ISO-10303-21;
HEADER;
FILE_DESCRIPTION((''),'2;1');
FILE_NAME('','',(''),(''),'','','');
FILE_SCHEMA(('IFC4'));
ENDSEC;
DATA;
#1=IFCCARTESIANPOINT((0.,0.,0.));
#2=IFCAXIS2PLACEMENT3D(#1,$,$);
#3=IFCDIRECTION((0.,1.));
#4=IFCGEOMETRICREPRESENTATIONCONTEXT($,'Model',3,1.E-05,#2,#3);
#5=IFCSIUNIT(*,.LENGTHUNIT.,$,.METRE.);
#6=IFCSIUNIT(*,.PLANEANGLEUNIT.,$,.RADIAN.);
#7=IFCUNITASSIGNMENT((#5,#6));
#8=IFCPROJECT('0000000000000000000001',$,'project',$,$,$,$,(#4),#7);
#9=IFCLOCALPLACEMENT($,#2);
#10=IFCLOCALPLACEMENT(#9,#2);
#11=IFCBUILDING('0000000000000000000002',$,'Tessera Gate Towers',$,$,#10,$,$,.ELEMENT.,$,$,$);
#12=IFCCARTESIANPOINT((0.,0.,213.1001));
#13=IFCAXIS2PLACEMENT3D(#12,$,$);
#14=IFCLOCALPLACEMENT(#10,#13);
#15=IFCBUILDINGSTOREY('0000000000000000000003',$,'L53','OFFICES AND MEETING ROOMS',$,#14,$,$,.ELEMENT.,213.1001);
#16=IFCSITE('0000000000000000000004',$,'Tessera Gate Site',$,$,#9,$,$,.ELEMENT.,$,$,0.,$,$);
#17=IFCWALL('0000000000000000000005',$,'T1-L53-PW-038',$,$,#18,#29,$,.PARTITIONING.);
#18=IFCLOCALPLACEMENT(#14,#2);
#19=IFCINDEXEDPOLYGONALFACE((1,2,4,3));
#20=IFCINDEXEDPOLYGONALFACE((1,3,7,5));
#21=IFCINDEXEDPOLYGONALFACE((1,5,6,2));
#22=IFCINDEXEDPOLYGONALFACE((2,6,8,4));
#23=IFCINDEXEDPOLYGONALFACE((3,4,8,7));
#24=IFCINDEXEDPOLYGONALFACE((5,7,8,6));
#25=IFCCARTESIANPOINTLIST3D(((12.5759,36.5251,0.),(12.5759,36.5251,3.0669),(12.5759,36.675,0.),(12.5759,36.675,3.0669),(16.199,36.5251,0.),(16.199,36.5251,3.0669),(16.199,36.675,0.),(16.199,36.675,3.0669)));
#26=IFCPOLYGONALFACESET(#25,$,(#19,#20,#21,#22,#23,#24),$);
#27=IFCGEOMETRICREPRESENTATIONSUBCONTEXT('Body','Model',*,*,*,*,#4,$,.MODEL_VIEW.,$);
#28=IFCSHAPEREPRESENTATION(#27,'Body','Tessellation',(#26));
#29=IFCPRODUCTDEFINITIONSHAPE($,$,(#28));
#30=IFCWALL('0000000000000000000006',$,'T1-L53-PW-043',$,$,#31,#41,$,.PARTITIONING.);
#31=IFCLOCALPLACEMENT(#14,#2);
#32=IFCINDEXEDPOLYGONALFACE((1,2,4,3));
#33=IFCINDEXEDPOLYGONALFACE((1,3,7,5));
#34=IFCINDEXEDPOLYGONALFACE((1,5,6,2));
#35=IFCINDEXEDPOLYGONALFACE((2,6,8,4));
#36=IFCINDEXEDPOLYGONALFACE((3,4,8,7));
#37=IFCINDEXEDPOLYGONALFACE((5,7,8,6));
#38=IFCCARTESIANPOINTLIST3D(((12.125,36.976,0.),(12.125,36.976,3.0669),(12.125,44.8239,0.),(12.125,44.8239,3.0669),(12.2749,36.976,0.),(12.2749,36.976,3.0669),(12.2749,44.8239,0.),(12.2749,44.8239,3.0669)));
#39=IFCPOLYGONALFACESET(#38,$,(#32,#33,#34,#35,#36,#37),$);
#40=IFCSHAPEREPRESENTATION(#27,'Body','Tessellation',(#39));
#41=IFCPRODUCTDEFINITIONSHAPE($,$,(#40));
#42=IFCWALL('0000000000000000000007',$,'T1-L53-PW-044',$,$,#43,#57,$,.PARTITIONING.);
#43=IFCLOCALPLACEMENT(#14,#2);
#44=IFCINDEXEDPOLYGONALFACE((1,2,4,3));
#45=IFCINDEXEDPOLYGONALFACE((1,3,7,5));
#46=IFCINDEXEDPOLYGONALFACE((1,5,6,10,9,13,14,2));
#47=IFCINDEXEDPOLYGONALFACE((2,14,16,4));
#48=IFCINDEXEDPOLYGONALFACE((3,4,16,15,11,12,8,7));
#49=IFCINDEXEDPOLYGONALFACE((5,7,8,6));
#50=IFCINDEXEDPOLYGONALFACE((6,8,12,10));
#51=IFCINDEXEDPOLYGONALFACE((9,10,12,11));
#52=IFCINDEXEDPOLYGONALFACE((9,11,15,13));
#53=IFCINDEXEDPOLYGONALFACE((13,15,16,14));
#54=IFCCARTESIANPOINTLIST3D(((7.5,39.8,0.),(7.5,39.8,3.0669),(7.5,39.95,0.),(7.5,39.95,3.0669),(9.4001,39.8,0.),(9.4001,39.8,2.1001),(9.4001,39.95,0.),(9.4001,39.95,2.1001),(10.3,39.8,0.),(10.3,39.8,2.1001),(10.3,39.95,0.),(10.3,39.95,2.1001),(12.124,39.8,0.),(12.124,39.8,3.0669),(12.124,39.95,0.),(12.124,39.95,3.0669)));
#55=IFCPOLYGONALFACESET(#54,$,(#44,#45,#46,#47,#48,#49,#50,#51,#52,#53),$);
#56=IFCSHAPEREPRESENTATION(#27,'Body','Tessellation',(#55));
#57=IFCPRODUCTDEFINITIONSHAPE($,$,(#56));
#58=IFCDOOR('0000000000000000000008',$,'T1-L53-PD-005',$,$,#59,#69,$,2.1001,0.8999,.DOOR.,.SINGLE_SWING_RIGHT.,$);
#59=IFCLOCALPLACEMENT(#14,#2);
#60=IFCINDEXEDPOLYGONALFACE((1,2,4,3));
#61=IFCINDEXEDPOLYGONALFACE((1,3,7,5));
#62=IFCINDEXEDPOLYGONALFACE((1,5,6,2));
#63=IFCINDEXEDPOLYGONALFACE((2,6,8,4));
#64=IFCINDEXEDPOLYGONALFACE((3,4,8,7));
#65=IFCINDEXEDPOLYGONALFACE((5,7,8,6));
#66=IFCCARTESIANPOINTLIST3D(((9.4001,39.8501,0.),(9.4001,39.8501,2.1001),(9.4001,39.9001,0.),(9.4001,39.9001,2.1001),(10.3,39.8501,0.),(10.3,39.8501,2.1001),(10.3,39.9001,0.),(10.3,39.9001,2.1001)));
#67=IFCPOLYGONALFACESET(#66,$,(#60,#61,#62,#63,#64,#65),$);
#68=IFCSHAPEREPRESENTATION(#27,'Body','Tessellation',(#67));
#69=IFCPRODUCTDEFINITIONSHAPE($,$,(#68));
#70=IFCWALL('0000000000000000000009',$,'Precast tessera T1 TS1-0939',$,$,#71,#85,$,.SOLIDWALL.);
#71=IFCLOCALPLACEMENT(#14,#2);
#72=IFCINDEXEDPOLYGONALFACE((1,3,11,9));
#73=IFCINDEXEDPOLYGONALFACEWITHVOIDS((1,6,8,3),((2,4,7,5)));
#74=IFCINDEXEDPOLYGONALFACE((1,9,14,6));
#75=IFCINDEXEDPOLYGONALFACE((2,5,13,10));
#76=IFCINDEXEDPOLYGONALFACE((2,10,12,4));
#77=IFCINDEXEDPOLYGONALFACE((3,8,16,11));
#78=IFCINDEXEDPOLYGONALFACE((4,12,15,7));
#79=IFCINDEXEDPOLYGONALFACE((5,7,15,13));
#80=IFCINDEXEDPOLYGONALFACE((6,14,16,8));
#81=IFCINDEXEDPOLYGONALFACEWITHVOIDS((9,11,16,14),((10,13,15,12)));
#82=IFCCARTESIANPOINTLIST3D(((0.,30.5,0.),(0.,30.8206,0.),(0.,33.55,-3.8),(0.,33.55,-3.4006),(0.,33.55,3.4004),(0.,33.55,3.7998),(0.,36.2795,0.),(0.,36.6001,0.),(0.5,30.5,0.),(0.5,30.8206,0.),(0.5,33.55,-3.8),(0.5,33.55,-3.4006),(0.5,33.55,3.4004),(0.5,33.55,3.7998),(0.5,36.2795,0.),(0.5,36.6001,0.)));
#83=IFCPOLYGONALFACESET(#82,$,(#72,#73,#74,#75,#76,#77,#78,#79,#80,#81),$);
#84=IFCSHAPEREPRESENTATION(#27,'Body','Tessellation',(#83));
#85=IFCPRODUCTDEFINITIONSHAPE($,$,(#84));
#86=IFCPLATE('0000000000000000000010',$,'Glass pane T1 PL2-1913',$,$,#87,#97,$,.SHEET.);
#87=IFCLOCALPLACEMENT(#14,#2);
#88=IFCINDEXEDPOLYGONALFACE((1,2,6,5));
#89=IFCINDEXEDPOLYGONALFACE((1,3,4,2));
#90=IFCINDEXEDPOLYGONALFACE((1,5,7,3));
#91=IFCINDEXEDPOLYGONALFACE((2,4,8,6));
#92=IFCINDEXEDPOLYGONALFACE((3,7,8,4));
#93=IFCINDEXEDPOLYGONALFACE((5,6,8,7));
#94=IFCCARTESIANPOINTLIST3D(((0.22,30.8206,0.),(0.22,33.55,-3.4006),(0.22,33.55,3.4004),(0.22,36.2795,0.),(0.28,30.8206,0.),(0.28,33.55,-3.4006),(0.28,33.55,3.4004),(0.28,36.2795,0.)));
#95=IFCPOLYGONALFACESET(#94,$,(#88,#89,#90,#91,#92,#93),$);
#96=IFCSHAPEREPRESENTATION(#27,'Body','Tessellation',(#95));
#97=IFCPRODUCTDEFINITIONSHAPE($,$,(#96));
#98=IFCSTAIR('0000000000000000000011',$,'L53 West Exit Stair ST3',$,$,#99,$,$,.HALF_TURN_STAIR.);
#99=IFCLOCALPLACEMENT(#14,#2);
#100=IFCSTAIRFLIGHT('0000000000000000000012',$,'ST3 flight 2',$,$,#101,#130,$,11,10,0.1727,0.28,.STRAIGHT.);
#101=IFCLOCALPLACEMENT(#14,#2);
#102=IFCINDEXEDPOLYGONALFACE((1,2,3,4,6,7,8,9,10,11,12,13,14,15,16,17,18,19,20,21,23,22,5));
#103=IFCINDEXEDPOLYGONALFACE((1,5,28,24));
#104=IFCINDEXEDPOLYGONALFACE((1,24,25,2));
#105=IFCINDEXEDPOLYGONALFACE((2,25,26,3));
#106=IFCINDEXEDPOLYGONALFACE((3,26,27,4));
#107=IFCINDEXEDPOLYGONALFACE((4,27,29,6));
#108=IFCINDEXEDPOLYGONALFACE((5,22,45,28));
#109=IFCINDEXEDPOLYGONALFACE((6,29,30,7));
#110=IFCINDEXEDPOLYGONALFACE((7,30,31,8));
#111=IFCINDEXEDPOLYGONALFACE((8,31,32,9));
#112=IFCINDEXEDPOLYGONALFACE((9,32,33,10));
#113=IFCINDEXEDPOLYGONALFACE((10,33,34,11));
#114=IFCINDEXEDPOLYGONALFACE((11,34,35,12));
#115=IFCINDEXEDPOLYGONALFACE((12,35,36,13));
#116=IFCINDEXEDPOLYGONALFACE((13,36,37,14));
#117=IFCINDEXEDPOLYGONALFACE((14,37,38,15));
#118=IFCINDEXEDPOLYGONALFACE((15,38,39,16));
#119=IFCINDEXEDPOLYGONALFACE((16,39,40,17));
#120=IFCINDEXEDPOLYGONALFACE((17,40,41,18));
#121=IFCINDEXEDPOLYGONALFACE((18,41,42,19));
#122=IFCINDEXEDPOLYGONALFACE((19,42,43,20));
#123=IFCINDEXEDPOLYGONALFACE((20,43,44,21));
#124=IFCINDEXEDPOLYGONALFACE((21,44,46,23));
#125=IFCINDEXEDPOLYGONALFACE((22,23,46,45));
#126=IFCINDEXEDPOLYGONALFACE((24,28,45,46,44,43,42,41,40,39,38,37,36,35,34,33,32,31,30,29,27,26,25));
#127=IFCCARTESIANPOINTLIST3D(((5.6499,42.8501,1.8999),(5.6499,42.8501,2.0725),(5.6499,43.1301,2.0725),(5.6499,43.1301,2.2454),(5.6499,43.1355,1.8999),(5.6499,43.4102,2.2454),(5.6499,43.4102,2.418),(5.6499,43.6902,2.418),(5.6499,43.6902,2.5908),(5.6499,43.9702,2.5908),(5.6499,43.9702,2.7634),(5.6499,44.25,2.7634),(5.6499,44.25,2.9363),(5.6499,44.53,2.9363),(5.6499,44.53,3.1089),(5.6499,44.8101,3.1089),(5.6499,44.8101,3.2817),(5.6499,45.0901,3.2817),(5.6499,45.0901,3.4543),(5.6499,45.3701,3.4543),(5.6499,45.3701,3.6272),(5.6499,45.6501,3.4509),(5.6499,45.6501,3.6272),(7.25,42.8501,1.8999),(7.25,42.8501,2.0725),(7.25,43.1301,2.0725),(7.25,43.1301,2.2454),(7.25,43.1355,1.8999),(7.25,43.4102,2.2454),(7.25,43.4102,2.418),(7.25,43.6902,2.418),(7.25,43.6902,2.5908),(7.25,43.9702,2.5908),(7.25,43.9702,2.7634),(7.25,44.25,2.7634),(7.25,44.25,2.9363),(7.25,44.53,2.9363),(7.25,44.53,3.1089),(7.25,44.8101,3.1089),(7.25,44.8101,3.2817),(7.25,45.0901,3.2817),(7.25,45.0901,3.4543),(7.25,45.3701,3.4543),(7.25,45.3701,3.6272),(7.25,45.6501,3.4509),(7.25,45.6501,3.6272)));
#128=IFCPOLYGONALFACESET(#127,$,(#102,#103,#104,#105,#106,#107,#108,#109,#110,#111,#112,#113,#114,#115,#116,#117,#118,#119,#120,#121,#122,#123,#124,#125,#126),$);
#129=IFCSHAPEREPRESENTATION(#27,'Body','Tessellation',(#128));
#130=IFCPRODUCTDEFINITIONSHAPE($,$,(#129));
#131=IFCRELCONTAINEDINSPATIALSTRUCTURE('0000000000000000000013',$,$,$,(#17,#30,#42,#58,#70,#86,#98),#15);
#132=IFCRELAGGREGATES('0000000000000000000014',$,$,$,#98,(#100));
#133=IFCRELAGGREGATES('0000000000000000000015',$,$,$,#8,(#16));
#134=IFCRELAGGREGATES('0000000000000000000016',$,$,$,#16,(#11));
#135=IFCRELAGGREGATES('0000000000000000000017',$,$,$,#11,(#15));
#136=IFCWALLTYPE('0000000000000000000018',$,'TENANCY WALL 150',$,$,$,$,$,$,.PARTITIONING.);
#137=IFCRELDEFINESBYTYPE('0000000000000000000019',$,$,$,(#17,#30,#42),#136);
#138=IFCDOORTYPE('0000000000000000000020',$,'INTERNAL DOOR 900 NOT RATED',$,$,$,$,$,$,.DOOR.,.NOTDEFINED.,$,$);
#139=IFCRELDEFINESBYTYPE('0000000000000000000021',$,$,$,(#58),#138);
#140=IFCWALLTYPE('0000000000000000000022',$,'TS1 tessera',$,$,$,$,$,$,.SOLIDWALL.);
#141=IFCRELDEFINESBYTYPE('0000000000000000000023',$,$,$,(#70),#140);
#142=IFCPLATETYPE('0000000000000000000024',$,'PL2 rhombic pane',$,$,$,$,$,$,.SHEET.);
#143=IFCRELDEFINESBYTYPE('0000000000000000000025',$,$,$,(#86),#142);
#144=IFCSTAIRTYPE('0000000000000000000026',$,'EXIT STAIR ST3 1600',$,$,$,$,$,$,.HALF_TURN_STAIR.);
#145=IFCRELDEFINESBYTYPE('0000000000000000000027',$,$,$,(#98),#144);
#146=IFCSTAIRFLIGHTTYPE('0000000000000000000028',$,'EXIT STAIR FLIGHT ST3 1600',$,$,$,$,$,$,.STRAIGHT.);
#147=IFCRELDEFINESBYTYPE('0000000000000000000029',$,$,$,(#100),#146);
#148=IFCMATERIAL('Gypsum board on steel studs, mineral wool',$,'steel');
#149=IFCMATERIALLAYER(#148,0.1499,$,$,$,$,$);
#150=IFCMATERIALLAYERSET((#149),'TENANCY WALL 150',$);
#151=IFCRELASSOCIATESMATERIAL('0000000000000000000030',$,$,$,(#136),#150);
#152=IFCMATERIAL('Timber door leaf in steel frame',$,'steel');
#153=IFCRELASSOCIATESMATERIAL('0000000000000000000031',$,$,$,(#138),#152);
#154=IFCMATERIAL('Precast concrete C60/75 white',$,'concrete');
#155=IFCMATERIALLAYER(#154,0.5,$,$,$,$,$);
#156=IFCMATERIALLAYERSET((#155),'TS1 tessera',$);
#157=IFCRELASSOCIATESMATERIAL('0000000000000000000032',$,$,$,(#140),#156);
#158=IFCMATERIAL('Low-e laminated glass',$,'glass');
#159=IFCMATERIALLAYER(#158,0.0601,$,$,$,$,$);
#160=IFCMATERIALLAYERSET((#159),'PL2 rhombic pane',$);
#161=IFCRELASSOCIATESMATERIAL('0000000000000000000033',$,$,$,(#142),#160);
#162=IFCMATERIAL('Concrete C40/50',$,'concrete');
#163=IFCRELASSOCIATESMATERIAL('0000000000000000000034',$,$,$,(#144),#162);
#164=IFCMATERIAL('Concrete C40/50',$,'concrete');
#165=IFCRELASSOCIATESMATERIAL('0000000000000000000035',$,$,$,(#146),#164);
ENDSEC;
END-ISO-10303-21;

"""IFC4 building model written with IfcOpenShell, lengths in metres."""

from ifc_helpers import new_model, si_unit, direction, frame, frame_2d, origin, place, context, subcontext, project, spatial, polyline, rectangle, outline, extrude, source, transform, mapped, material, layer, layer_set, type_object, element, fill, aggregate, save


model = new_model("IFC4")

# Units and contexts
model_context = context("Model", 3, precision=1e-05, world=origin(), true_north=direction((0.0, 1.0)))
body_context = subcontext(model_context, "Body", "Model", "MODEL_VIEW")
ifc_project = project(units=[si_unit("LENGTHUNIT", "METRE"), si_unit("PLANEANGLEUNIT", "RADIAN")], contexts=[model_context])

# Site, building, storey
site_placement = place(None, origin())
site = spatial("IfcSite", under=ifc_project, at=site_placement, Name="Tessera Gate Site", CompositionType="ELEMENT", RefElevation=0.0)
building_placement = place(site_placement, origin())
building = spatial("IfcBuilding", under=site, at=building_placement, Name="Tessera Gate Towers", CompositionType="ELEMENT")
storey_placement = place(building_placement, frame((0.0, 0.0, 213.1001)))
storey = spatial("IfcBuildingStorey", under=building, at=storey_placement, Name="L53", Description="OFFICES AND MEETING ROOMS", CompositionType="ELEMENT", Elevation=213.1001)

# Walls
ifc_material_1 = material(Name="Gypsum board on steel studs, mineral wool", Category="steel")
ifc_layer_1 = layer(ifc_material_1, 0.1499)
ifc_layer_set_1 = layer_set([ifc_layer_1], Name="TENANCY WALL 150")
wall_type_1 = type_object("IfcWallType", Name="TENANCY WALL 150", PredefinedType="PARTITIONING", material=ifc_layer_set_1)
wall_1_placement = place(storey_placement, frame((12.5759, 36.6001, 0.0), z_axis=(0.0, 0.0, 1.0), x_axis=(1.0, 0.0, 0.0)))
element("IfcWall", 1, at=wall_1_placement, inside=storey, type_object=wall_type_1, Name="T1-L53-PW-038", PredefinedType="PARTITIONING", context=body_context, shape_type="SweptSolid", body=[
    extrude(rectangle(XDim=3.623, YDim=0.1499, at=frame_2d((1.8115, 0.0))), origin(), (0.0, 0.0, 1.0), 3.0669),
])
wall_2_placement = place(storey_placement, frame((12.2, 36.9761, 0.0), z_axis=(0.0, 0.0, 1.0), x_axis=(0.0, 1.0, 0.0)))
element("IfcWall", 2, at=wall_2_placement, inside=storey, type_object=wall_type_1, Name="T1-L53-PW-043", PredefinedType="PARTITIONING", context=body_context, shape_type="SweptSolid", body=[
    extrude(rectangle(XDim=7.8479, YDim=0.1499, at=frame_2d((3.9238, 0.0))), origin(), (0.0, 0.0, 1.0), 3.0669),
])

# Wall, opening, door
wall_3_placement = place(storey_placement, frame((12.124, 39.875, 0.0), z_axis=(0.0, 0.0, 1.0), x_axis=(-1.0, 0.0, 0.0)))
wall_3 = element("IfcWall", 3, at=wall_3_placement, inside=storey, type_object=wall_type_1, Name="T1-L53-PW-044", PredefinedType="PARTITIONING", context=body_context, shape_type="SweptSolid", body=[
    extrude(rectangle(XDim=4.624, YDim=0.1499, at=frame_2d((2.312, 0.0))), origin(), (0.0, 0.0, 1.0), 3.0669),
])
shared_shape_1 = source(origin(), body_context, "Body", "SweptSolid", [
    extrude(rectangle(XDim=0.8999, YDim=2.1001, at=frame_2d((0.45, 1.05))), frame((0.0, 0.085, 0.0), z_axis=(0.0, -1.0, 0.0), x_axis=(1.0, 0.0, 0.0)), (0.0, 0.0, 1.0), 0.1699),
])
opening_1_placement = place(wall_3_placement, frame((1.824, 0.0, 0.0)))
opening_1 = element("IfcOpeningElement", 4, at=opening_1_placement, cuts=wall_3, PredefinedType="OPENING", context=body_context, shape_type="MappedRepresentation", body=[
    mapped(shared_shape_1, transform((0.0, 0.0, 0.0), scale=1.0)),
])
ifc_material_2 = material(Name="Timber door leaf in steel frame", Category="steel")
door_type = type_object("IfcDoorType", Name="INTERNAL DOOR 900 NOT RATED", OperationType="NOTDEFINED", PredefinedType="DOOR", material=ifc_material_2)
shared_shape_2 = source(origin(), body_context, "Body", "SweptSolid", [
    extrude(rectangle(XDim=0.8999, YDim=2.1001, at=frame_2d((0.45, 1.05))), frame((0.0, 0.0249, 0.0), z_axis=(0.0, -1.0, 0.0), x_axis=(1.0, 0.0, 0.0)), (0.0, 0.0, 1.0), 0.05),
])
door_placement = place(opening_1_placement, origin())
door = element("IfcDoor", 5, at=door_placement, inside=storey, type_object=door_type, Name="T1-L53-PD-005", OperationType="SINGLE_SWING_RIGHT", OverallHeight=2.1001, OverallWidth=0.8999, PredefinedType="DOOR", context=body_context, shape_type="MappedRepresentation", body=[
    mapped(shared_shape_2, transform((0.0, 0.0, 0.0), scale=1.0)),
])
fill(opening_1, door)

# Wall, opening, plate
ifc_material_3 = material(Name="Precast concrete C60/75 white", Category="concrete")
ifc_layer_2 = layer(ifc_material_3, 0.5)
ifc_layer_set_2 = layer_set([ifc_layer_2], Name="TS1 tessera")
wall_type_2 = type_object("IfcWallType", Name="TS1 tessera", PredefinedType="SOLIDWALL", material=ifc_layer_set_2)
shared_shape_3 = source(origin(), body_context, "Body", "SweptSolid", [
    extrude(outline(polyline([(3.05, 0.0), (6.1001, 3.8), (3.05, 7.5999), (0.0, 3.8), (3.05, 0.0)])), frame((0.0, 0.25, 0.0), z_axis=(0.0, -1.0, 0.0), x_axis=(1.0, 0.0, 0.0)), (0.0, 0.0, 1.0), 0.5),
])
wall_4_placement = place(storey_placement, frame((0.25, 36.6001, -3.8), z_axis=(0.0, 0.0, 1.0), x_axis=(0.0, -1.0, 0.0)))
wall_4 = element("IfcWall", 6, at=wall_4_placement, inside=storey, type_object=wall_type_2, Name="Precast tessera T1 TS1-0939", PredefinedType="SOLIDWALL", context=body_context, shape_type="MappedRepresentation", body=[
    mapped(shared_shape_3, transform((0.0, 0.0, 0.0), scale=1.0)),
])
shared_shape_4 = source(origin(), body_context, "Body", "SweptSolid", [
    extrude(outline(polyline([(3.05, 0.3994), (5.7795, 3.8), (3.05, 7.2004), (0.3206, 3.8), (3.05, 0.3994)])), frame((0.0, 0.26, 0.0), z_axis=(0.0, -1.0, 0.0), x_axis=(1.0, 0.0, 0.0)), (0.0, 0.0, 1.0), 0.52),
])
opening_2_placement = place(wall_4_placement, origin())
opening_2 = element("IfcOpeningElement", 7, at=opening_2_placement, cuts=wall_4, PredefinedType="OPENING", context=body_context, shape_type="MappedRepresentation", body=[
    mapped(shared_shape_4, transform((0.0, 0.0, 0.0), scale=1.0)),
])
ifc_material_4 = material(Name="Low-e laminated glass", Category="glass")
ifc_layer_3 = layer(ifc_material_4, 0.0601)
ifc_layer_set_3 = layer_set([ifc_layer_3], Name="PL2 rhombic pane")
plate_type = type_object("IfcPlateType", Name="PL2 rhombic pane", PredefinedType="SHEET", material=ifc_layer_set_3)
shared_shape_5 = source(origin(), body_context, "Body", "SweptSolid", [
    extrude(outline(polyline([(3.05, 0.3994), (5.7795, 3.8), (3.05, 7.2004), (0.3206, 3.8), (3.05, 0.3994)])), frame((0.0, 0.03, 0.0), z_axis=(0.0, -1.0, 0.0), x_axis=(1.0, 0.0, 0.0)), (0.0, 0.0, 1.0), 0.0601),
])
plate_placement = place(opening_2_placement, origin())
plate = element("IfcPlate", 8, at=plate_placement, inside=storey, type_object=plate_type, Name="Glass pane T1 PL2-1913", PredefinedType="SHEET", context=body_context, shape_type="MappedRepresentation", body=[
    mapped(shared_shape_5, transform((0.0, 0.0, 0.0), scale=1.0)),
])
fill(opening_2, plate)

# Stair, stair flight
ifc_material_5 = material(Name="Concrete C40/50", Category="concrete")
stair_type = type_object("IfcStairType", Name="EXIT STAIR ST3 1600", PredefinedType="HALF_TURN_STAIR", material=ifc_material_5)
stair_placement = place(storey_placement, origin())
stair = element("IfcStair", 9, at=stair_placement, inside=storey, type_object=stair_type, Name="L53 West Exit Stair ST3", PredefinedType="HALF_TURN_STAIR")
ifc_material_6 = material(Name="Concrete C40/50", Category="concrete")
stair_flight_type = type_object("IfcStairFlightType", Name="EXIT STAIR FLIGHT ST3 1600", PredefinedType="STRAIGHT", material=ifc_material_6)
stair_flight_placement = place(storey_placement, frame((6.45, 42.8501, 1.8999), z_axis=(0.0, 0.0, 1.0), x_axis=(0.0, 1.0, 0.0)))
stair_flight = element("IfcStairFlight", 10, at=stair_flight_placement, type_object=stair_flight_type, Name="ST3 flight 2", NumberOfRisers=11, NumberOfTreads=10, PredefinedType="STRAIGHT", RiserHeight=0.1727, TreadLength=0.28, context=body_context, shape_type="SweptSolid", body=[
    extrude(outline(polyline([(0.0, 0.0), (0.0, 0.1726), (0.28, 0.1726), (0.28, 0.3455), (0.5601, 0.3455), (0.5601, 0.5181), (0.8401, 0.5181), (0.8401, 0.6909), (1.1201, 0.6909), (1.1201, 0.8635), (1.3999, 0.8635), (1.3999, 1.0364), (1.6799, 1.0364), (1.6799, 1.209), (1.96, 1.209), (1.96, 1.3818), (2.24, 1.3818), (2.24, 1.5544), (2.52, 1.5544), (2.52, 1.7273), (2.8, 1.7273), (2.8, 1.8999), (2.8, 1.551), (0.2854, 0.0), (0.0, 0.0)])), frame((0.0, 0.8, 0.0), z_axis=(0.0, -1.0, 0.0), x_axis=(1.0, 0.0, 0.0)), (0.0, 0.0, 1.0), 1.6001),
])
aggregate(stair, [stair_flight])

save(model, "model.ifc")
